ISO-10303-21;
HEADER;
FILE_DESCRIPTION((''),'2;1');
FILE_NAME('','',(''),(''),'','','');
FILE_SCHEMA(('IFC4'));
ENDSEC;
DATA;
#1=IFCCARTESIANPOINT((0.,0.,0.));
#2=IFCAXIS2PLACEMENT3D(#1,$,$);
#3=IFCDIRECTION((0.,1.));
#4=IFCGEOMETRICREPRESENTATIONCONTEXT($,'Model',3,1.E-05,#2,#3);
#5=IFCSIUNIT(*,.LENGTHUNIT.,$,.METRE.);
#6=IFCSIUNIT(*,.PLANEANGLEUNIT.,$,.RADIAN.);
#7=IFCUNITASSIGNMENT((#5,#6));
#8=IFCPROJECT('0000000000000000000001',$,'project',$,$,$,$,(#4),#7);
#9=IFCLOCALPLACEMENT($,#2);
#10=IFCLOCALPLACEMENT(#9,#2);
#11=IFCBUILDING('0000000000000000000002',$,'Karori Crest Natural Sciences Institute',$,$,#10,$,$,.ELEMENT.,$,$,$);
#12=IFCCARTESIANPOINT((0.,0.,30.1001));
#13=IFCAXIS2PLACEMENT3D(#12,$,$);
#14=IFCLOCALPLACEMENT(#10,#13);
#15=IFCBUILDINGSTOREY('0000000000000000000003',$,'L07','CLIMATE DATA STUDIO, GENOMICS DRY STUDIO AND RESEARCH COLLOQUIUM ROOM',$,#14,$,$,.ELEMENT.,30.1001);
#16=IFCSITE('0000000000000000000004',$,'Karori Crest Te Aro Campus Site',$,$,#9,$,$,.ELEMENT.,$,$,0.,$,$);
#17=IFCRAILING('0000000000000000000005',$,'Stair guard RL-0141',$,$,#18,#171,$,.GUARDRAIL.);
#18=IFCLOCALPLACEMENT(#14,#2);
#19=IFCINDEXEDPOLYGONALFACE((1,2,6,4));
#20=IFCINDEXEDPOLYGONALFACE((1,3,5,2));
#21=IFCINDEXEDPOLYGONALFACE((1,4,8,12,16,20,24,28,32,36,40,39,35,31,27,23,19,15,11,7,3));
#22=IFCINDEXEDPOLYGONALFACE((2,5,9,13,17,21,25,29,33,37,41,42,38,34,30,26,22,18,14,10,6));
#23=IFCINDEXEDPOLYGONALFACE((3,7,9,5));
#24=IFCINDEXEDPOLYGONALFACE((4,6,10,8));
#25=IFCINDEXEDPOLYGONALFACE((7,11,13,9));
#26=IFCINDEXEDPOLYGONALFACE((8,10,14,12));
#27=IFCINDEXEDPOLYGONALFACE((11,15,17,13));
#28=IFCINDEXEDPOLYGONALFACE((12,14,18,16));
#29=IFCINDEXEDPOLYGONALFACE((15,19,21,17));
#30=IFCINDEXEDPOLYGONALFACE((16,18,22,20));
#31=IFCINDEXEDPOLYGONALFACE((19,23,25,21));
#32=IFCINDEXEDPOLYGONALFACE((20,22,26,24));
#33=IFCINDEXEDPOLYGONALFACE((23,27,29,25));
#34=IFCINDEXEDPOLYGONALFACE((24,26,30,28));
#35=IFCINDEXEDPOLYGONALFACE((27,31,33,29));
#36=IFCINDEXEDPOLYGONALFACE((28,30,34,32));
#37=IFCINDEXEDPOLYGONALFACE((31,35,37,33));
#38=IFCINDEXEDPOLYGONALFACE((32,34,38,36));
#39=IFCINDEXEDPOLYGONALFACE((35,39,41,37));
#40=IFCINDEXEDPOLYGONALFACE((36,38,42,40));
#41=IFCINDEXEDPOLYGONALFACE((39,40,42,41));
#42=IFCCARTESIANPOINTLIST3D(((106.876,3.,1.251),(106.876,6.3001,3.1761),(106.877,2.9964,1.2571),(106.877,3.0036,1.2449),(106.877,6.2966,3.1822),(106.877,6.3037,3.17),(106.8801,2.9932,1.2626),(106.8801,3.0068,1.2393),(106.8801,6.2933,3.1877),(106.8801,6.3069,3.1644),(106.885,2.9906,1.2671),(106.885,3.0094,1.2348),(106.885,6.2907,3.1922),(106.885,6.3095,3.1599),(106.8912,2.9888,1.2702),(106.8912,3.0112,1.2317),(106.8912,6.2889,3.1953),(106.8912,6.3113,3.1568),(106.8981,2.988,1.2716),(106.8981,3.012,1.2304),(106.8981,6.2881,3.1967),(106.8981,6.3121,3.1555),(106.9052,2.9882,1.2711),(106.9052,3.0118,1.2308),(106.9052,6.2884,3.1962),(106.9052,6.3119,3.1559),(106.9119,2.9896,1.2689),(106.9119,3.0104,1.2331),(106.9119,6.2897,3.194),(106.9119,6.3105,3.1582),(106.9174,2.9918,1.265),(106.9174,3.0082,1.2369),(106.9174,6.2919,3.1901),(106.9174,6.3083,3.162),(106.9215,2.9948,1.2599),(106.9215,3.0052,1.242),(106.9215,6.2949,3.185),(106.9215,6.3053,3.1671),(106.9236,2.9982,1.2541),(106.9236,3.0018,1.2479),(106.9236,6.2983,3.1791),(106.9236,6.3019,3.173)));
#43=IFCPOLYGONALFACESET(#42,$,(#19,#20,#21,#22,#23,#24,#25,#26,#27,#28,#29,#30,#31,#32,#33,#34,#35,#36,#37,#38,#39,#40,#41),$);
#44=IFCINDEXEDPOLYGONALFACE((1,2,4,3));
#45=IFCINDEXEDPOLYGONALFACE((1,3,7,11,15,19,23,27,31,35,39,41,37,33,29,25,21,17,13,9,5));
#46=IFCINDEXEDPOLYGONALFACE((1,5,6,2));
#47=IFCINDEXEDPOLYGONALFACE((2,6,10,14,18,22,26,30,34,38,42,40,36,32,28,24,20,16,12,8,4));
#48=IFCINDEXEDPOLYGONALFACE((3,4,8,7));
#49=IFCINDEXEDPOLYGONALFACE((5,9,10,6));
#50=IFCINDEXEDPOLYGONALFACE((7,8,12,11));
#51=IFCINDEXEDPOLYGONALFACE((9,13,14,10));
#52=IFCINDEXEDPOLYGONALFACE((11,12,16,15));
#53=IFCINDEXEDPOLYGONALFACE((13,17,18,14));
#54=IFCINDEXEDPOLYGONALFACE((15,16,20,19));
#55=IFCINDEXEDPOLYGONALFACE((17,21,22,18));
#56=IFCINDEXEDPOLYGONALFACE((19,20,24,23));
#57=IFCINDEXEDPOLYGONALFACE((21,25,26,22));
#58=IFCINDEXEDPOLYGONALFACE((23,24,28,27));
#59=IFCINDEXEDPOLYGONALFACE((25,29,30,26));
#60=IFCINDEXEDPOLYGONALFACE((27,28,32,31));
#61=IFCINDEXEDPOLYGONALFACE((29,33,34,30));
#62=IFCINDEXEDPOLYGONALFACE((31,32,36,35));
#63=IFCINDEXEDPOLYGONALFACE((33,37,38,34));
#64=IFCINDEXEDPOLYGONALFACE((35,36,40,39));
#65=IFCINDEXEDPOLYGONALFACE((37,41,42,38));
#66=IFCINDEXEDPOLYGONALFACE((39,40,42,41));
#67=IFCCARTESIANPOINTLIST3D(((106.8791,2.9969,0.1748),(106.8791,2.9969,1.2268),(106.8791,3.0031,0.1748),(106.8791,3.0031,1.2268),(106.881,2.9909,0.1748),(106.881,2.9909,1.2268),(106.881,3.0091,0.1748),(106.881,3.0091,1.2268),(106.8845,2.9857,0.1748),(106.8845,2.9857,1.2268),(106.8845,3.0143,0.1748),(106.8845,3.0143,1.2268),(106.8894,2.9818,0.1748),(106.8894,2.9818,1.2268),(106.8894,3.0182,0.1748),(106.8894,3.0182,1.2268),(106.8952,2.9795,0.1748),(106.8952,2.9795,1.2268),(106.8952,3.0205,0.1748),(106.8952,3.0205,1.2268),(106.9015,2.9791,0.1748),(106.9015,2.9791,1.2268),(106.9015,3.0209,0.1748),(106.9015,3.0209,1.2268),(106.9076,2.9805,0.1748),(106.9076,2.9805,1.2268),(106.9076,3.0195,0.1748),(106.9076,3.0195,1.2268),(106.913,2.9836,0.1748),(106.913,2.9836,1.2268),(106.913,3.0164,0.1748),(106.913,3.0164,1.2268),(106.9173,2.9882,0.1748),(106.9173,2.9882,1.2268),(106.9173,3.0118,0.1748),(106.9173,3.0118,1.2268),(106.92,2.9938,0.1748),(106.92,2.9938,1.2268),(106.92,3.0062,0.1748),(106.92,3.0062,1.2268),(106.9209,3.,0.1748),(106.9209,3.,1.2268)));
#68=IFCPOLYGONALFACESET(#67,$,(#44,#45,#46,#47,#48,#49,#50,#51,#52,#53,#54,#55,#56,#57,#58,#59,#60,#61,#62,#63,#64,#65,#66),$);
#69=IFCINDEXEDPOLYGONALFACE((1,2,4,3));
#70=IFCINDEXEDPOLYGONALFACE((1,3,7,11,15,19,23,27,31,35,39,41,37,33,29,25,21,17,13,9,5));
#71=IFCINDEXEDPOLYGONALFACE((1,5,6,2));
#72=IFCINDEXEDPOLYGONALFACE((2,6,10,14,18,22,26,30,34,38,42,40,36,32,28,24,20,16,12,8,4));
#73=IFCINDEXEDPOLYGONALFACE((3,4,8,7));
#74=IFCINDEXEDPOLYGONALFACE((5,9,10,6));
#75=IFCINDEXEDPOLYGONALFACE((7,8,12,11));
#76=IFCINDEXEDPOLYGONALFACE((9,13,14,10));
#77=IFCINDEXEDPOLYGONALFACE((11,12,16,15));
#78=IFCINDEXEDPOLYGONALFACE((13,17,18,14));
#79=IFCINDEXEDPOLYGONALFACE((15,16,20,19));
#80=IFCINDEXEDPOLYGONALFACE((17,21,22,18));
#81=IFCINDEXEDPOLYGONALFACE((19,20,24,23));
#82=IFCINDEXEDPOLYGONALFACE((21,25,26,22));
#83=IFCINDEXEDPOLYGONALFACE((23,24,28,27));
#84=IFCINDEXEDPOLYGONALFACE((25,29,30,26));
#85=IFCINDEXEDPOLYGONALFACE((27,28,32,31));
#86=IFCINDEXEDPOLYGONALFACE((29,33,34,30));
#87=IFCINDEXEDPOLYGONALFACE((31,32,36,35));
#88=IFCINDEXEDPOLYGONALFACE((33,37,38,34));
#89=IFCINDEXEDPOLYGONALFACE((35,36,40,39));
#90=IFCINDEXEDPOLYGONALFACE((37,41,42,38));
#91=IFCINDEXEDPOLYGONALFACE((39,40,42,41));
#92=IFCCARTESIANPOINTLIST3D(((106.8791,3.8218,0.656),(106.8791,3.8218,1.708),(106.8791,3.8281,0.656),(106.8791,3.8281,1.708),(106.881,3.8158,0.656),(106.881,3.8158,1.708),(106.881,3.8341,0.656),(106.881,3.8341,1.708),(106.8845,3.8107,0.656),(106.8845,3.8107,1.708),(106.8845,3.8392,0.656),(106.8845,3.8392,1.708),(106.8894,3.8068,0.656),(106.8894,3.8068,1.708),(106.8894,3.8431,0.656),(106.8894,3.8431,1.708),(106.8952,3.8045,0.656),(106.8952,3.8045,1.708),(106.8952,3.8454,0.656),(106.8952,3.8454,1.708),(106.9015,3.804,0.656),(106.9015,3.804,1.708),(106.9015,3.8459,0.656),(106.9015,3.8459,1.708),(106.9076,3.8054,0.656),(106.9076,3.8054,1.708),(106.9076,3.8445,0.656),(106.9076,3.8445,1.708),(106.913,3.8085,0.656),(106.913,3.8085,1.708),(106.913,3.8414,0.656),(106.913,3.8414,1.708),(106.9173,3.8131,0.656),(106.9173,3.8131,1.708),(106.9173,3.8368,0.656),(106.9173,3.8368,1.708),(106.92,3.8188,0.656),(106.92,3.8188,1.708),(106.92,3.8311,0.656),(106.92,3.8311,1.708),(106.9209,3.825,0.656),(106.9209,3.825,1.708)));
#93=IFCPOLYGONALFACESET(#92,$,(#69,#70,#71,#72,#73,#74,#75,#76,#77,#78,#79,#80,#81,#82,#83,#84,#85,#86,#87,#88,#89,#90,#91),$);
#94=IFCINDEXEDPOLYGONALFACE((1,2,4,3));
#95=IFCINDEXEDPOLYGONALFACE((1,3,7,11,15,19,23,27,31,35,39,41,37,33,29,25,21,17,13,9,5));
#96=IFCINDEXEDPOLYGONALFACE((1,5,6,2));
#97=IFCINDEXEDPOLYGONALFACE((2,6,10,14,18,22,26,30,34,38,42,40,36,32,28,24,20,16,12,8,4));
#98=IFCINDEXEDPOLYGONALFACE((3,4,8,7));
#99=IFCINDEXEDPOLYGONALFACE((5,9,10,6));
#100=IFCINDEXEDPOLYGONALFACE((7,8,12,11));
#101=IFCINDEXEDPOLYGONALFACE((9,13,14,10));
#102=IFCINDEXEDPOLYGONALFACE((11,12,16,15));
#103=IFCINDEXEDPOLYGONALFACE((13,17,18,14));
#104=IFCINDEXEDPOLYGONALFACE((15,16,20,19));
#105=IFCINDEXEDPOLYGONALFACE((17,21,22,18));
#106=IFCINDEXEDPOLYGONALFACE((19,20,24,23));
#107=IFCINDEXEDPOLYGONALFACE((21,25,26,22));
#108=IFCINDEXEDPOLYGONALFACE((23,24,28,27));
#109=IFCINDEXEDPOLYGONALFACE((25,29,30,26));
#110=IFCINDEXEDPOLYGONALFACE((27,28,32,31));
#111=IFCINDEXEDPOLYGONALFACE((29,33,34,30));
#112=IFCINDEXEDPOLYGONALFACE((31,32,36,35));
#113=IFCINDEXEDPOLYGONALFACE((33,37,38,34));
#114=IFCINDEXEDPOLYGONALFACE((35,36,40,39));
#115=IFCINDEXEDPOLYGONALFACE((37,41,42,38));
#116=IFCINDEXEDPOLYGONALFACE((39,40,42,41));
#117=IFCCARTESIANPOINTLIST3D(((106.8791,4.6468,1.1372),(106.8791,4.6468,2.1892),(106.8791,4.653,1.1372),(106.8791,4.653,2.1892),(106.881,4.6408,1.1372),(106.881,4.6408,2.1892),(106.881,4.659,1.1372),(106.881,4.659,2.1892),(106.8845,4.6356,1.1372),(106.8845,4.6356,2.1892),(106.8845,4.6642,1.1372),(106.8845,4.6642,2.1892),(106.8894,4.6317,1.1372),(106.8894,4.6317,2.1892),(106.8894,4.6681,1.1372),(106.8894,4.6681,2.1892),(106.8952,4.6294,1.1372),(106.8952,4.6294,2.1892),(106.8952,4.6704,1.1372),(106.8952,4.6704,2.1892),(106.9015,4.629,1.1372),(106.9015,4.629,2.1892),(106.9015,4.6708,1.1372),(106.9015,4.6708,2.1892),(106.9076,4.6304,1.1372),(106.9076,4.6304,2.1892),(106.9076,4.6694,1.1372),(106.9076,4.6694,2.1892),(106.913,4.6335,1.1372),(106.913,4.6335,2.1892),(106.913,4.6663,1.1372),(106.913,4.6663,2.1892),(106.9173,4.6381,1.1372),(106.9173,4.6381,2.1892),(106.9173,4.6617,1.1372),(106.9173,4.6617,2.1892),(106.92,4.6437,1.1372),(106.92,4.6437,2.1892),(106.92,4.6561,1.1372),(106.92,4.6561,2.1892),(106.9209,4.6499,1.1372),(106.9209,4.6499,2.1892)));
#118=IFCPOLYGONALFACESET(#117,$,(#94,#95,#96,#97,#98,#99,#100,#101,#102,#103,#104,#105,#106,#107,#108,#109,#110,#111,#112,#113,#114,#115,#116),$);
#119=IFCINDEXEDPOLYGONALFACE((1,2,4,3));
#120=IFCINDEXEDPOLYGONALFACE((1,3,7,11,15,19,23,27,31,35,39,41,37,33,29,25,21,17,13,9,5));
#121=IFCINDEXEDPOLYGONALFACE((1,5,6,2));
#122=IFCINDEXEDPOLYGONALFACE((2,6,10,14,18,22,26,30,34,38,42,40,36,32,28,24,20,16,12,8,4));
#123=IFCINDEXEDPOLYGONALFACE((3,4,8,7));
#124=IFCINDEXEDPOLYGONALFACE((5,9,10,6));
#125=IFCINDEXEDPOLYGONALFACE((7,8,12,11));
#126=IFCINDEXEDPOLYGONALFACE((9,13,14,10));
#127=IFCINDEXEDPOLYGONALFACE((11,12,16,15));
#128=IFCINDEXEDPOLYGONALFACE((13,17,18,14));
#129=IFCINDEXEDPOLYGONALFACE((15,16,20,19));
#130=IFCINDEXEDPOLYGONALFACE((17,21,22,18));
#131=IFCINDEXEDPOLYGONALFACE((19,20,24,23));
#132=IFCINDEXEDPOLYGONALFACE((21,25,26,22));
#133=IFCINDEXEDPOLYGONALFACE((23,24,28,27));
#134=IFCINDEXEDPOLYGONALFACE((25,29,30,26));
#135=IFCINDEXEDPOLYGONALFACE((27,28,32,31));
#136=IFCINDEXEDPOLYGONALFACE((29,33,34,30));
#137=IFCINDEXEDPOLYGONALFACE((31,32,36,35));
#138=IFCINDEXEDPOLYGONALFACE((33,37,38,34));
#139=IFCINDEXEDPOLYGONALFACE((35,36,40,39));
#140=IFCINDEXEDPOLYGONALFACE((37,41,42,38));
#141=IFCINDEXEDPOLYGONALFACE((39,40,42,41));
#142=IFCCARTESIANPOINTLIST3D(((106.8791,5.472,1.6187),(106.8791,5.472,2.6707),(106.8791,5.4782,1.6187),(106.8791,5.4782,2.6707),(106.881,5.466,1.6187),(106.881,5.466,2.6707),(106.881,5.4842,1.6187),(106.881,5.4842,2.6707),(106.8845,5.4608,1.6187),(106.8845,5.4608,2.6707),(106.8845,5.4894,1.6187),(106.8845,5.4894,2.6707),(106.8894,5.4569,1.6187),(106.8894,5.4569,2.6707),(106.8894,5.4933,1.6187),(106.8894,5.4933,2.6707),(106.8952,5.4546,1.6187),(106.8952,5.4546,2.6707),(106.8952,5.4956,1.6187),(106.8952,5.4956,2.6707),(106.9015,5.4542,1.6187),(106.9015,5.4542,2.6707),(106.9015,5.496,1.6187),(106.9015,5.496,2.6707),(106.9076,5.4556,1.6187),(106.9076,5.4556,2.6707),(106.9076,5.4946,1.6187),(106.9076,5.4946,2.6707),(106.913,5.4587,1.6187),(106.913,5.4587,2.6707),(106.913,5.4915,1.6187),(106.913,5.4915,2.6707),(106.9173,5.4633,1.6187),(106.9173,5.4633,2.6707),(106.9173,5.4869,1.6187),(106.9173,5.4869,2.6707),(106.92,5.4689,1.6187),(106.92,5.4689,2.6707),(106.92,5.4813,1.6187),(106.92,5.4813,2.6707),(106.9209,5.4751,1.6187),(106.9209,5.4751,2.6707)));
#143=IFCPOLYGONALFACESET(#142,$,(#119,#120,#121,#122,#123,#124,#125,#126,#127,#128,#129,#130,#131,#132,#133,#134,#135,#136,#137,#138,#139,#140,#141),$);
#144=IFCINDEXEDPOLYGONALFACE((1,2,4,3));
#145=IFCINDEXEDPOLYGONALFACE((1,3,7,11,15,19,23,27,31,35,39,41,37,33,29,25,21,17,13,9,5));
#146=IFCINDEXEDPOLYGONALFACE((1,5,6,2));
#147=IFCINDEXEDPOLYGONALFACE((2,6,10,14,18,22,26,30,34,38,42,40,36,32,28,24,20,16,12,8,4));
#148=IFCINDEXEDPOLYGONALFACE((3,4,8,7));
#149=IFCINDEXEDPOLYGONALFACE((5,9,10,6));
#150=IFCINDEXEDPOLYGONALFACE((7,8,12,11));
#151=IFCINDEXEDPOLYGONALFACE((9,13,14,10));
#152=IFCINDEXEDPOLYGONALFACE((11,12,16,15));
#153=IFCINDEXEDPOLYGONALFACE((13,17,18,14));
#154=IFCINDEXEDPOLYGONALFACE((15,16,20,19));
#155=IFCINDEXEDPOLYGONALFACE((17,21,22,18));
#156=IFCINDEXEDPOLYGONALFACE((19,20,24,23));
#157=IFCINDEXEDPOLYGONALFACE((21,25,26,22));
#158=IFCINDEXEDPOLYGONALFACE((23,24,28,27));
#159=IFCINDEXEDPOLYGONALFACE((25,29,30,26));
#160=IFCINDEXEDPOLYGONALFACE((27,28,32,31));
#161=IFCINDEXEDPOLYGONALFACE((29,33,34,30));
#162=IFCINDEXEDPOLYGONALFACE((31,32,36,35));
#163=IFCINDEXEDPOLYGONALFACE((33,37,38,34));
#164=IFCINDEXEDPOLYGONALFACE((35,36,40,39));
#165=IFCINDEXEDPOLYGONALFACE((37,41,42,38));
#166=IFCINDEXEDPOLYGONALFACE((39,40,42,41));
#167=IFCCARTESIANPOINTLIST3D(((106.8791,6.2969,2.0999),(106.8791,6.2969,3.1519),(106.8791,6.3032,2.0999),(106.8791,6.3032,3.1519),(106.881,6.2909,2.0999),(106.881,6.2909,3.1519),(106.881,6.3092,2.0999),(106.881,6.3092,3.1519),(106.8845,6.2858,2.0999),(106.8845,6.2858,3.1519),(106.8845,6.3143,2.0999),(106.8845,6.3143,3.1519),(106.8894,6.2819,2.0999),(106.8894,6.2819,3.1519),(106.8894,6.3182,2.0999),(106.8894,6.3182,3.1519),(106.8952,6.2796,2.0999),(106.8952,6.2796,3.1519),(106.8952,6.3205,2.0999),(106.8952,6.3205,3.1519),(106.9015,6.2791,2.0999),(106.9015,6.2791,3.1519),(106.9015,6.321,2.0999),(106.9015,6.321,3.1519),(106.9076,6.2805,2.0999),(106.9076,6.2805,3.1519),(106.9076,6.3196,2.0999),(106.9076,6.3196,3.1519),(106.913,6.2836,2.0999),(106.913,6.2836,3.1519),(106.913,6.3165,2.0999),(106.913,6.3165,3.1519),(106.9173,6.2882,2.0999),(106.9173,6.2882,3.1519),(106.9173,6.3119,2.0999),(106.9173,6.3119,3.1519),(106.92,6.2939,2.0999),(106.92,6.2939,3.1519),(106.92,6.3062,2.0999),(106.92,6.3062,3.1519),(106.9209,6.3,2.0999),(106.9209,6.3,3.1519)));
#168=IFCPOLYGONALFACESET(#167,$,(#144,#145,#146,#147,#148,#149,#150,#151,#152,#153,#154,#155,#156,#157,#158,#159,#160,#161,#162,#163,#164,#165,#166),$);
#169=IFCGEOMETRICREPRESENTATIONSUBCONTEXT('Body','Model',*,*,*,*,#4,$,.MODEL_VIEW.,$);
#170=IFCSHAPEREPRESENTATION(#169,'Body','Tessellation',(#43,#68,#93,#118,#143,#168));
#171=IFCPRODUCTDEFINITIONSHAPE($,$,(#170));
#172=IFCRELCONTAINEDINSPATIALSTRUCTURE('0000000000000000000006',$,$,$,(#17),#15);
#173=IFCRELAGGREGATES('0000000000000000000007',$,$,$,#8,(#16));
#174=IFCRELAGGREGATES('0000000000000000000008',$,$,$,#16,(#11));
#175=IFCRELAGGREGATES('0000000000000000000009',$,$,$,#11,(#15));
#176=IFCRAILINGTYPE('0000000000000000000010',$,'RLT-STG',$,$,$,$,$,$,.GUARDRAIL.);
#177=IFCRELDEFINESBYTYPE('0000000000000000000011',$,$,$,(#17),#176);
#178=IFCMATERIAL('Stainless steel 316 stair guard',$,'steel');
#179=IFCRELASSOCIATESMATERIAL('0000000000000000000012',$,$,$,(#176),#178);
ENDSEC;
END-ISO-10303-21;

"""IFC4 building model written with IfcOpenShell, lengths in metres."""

from ifc_helpers import new_model, si_unit, direction, frame, origin, origin_2d, place, context, subcontext, project, spatial, circle, extrude, material, type_object, element, save


model = new_model("IFC4")

# Units and contexts
model_context = context("Model", 3, precision=1e-05, world=origin(), true_north=direction((0.0, 1.0)))
body_context = subcontext(model_context, "Body", "Model", "MODEL_VIEW")
ifc_project = project(units=[si_unit("LENGTHUNIT", "METRE"), si_unit("PLANEANGLEUNIT", "RADIAN")], contexts=[model_context])

# Site, building, storey
site_placement = place(None, origin())
site = spatial("IfcSite", under=ifc_project, at=site_placement, Name="Karori Crest Te Aro Campus Site", CompositionType="ELEMENT", RefElevation=0.0)
building_placement = place(site_placement, origin())
building = spatial("IfcBuilding", under=site, at=building_placement, Name="Karori Crest Natural Sciences Institute", CompositionType="ELEMENT")
storey_placement = place(building_placement, frame((0.0, 0.0, 30.1001)))
storey = spatial("IfcBuildingStorey", under=building, at=storey_placement, Name="L07", Description="CLIMATE DATA STUDIO, GENOMICS DRY STUDIO AND RESEARCH COLLOQUIUM ROOM", CompositionType="ELEMENT", Elevation=30.1001)

# Railing
ifc_material_1 = material(Name="Stainless steel 316 stair guard", Category="steel")
railing_type_1 = type_object("IfcRailingType", Name="RLT-STG", PredefinedType="GUARDRAIL", material=ifc_material_1)
railing_1_placement = place(storey_placement, frame((106.8999, 3.0, 0.1748)))
element("IfcRailing", 1, at=railing_1_placement, inside=storey, type_object=railing_type_1, Name="Stair guard RL-0141", PredefinedType="GUARDRAIL", context=body_context, shape_type="SweptSolid", body=[
    extrude(circle(Radius=0.0239, at=origin_2d()), frame((0.0, 0.0, 1.0762), z_axis=(0.0, 0.863777, 0.503875), x_axis=(-1.0, 0.0, 0.0)), (0.0, 0.0, 1.0), 3.8206),
    extrude(circle(Radius=0.021, at=origin_2d()), origin(), (0.0, 0.0, 1.0), 1.052),
    extrude(circle(Radius=0.021, at=origin_2d()), frame((0.0, 0.825, 0.4812)), (0.0, 0.0, 1.0), 1.052),
    extrude(circle(Radius=0.021, at=origin_2d()), frame((0.0, 1.6499, 0.9624)), (0.0, 0.0, 1.0), 1.052),
    extrude(circle(Radius=0.021, at=origin_2d()), frame((0.0, 2.4751, 1.4438)), (0.0, 0.0, 1.0), 1.052),
    extrude(circle(Radius=0.021, at=origin_2d()), frame((0.0, 3.3, 1.925)), (0.0, 0.0, 1.0), 1.052),
])

save(model, "model.ifc")
